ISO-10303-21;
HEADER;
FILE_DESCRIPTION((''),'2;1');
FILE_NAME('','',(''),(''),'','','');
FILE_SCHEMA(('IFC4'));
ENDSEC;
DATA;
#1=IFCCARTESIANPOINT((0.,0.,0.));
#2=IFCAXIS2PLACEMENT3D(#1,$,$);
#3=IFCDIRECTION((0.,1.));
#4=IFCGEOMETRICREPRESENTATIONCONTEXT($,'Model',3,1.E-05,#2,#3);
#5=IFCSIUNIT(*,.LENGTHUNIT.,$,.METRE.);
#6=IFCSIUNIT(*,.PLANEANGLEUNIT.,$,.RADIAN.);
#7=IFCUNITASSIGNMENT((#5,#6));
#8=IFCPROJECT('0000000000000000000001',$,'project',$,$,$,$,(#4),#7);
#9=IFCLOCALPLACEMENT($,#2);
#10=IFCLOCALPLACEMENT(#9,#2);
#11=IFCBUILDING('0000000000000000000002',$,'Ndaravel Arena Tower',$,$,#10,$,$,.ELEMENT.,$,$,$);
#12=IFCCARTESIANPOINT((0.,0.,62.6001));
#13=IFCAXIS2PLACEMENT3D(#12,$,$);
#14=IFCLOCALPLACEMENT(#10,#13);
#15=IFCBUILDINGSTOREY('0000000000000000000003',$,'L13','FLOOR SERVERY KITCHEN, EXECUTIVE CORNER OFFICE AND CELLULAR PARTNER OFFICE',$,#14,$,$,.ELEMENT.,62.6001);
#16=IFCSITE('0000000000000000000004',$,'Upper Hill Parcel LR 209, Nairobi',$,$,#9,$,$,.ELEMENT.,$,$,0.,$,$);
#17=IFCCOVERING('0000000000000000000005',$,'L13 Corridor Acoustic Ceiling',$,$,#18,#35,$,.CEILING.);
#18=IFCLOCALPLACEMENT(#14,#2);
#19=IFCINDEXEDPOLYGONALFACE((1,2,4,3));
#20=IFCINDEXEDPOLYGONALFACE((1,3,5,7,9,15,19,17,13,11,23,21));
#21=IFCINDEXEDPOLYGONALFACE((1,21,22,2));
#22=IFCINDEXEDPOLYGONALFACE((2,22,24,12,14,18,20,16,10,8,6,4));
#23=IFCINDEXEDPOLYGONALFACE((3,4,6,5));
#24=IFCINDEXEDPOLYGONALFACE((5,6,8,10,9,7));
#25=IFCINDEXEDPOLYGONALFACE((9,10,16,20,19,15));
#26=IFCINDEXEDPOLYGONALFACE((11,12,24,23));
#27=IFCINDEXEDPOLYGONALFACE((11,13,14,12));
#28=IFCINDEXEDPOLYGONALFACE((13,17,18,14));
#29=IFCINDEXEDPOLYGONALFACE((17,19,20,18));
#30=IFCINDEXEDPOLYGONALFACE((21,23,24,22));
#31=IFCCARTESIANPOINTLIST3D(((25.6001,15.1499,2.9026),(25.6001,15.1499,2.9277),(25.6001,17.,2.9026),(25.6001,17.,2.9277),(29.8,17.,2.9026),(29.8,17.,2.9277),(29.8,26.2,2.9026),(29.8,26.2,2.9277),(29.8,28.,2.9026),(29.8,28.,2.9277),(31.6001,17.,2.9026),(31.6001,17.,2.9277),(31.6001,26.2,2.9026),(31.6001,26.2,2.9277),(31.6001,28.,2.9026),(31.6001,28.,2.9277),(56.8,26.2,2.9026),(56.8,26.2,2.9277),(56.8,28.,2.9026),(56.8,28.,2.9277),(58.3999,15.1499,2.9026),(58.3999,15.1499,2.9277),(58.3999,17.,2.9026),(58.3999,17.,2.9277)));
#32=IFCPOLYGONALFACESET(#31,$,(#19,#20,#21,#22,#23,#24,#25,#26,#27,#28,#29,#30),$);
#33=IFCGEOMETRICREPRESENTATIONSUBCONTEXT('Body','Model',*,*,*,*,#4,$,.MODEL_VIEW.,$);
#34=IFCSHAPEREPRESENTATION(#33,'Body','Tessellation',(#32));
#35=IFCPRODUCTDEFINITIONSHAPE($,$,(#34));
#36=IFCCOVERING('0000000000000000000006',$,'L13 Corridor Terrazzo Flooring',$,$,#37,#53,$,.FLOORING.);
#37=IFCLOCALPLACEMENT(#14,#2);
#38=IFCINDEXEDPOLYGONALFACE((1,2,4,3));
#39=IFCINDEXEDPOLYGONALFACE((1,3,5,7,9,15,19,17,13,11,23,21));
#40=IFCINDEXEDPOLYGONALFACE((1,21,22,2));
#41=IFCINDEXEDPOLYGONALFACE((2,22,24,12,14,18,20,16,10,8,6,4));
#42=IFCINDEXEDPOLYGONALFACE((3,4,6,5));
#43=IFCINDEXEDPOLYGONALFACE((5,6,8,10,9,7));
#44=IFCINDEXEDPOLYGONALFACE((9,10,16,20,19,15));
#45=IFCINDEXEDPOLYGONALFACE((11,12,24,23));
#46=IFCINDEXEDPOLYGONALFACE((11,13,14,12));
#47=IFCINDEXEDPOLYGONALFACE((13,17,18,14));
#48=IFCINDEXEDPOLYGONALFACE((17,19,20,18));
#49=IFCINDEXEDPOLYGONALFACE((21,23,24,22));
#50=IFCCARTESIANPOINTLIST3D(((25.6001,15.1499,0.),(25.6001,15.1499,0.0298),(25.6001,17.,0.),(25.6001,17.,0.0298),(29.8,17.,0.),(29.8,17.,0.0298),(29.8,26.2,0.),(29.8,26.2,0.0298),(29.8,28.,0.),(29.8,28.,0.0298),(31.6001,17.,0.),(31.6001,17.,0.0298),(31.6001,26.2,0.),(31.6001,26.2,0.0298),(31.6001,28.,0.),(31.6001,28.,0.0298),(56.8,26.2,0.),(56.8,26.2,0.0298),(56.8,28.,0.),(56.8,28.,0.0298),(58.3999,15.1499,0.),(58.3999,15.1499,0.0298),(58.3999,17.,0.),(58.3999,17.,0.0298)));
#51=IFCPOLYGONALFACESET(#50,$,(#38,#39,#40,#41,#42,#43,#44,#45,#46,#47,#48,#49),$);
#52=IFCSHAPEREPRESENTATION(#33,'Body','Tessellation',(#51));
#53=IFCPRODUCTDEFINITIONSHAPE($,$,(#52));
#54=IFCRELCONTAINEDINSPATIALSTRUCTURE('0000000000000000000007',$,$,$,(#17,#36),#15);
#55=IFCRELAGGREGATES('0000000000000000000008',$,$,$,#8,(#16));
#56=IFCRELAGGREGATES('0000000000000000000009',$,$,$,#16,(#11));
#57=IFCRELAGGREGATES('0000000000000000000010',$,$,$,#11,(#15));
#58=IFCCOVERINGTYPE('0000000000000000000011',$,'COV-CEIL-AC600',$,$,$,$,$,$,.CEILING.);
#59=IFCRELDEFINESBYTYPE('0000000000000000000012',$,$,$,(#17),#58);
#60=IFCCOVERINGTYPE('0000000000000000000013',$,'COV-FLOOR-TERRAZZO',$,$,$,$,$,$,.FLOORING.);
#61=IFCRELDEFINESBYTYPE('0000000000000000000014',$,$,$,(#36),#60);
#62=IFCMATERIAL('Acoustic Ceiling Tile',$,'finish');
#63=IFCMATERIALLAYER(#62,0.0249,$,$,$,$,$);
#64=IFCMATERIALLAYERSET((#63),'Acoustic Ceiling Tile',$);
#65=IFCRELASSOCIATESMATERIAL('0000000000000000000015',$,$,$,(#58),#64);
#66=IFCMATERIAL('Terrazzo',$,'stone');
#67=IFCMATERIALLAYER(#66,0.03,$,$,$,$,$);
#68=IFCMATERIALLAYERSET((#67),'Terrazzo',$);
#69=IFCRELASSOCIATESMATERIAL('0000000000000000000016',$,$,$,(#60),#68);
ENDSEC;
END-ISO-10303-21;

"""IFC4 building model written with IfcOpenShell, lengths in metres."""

from ifc_helpers import new_model, si_unit, direction, frame, origin, place, context, subcontext, project, spatial, polyline, outline, extrude, material, layer, layer_set, type_object, element, save


model = new_model("IFC4")

# Units and contexts
model_context = context("Model", 3, precision=1e-05, world=origin(), true_north=direction((0.0, 1.0)))
body_context = subcontext(model_context, "Body", "Model", "MODEL_VIEW")
ifc_project = project(units=[si_unit("LENGTHUNIT", "METRE"), si_unit("PLANEANGLEUNIT", "RADIAN")], contexts=[model_context])

# Site, building, storey
site_placement = place(None, origin())
site = spatial("IfcSite", under=ifc_project, at=site_placement, Name="Upper Hill Parcel LR 209, Nairobi", CompositionType="ELEMENT", RefElevation=0.0)
building_placement = place(site_placement, origin())
building = spatial("IfcBuilding", under=site, at=building_placement, Name="Ndaravel Arena Tower", CompositionType="ELEMENT")
storey_placement = place(building_placement, frame((0.0, 0.0, 62.6001)))
storey = spatial("IfcBuildingStorey", under=building, at=storey_placement, Name="L13", Description="FLOOR SERVERY KITCHEN, EXECUTIVE CORNER OFFICE AND CELLULAR PARTNER OFFICE", CompositionType="ELEMENT", Elevation=62.6001)

# Coverings
ifc_material_1 = material(Name="Acoustic Ceiling Tile", Category="finish")
ifc_layer_1 = layer(ifc_material_1, 0.0249)
ifc_layer_set_1 = layer_set([ifc_layer_1], Name="Acoustic Ceiling Tile")
covering_type_1 = type_object("IfcCoveringType", Name="COV-CEIL-AC600", PredefinedType="CEILING", material=ifc_layer_set_1)
covering_1_placement = place(storey_placement, frame((0.0, 0.0, 2.9026)))
element("IfcCovering", 1, at=covering_1_placement, inside=storey, type_object=covering_type_1, Name="L13 Corridor Acoustic Ceiling", PredefinedType="CEILING", context=body_context, shape_type="SweptSolid", body=[
    extrude(outline(polyline([(58.3999, 17.0), (31.6001, 17.0), (31.6001, 26.2), (56.8, 26.2), (56.8, 28.0), (31.6001, 28.0), (29.8, 28.0), (29.8, 26.2), (29.8, 17.0), (25.6001, 17.0), (25.6001, 15.1499), (58.3999, 15.1499), (58.3999, 17.0)])), origin(), (0.0, 0.0, 1.0), 0.0251),
])
ifc_material_2 = material(Name="Terrazzo", Category="stone")
ifc_layer_2 = layer(ifc_material_2, 0.03)
ifc_layer_set_2 = layer_set([ifc_layer_2], Name="Terrazzo")
covering_type_2 = type_object("IfcCoveringType", Name="COV-FLOOR-TERRAZZO", PredefinedType="FLOORING", material=ifc_layer_set_2)
covering_2_placement = place(storey_placement, origin())
element("IfcCovering", 2, at=covering_2_placement, inside=storey, type_object=covering_type_2, Name="L13 Corridor Terrazzo Flooring", PredefinedType="FLOORING", context=body_context, shape_type="SweptSolid", body=[
    extrude(outline(polyline([(58.3999, 17.0), (31.6001, 17.0), (31.6001, 26.2), (56.8, 26.2), (56.8, 28.0), (31.6001, 28.0), (29.8, 28.0), (29.8, 26.2), (29.8, 17.0), (25.6001, 17.0), (25.6001, 15.1499), (58.3999, 15.1499), (58.3999, 17.0)])), origin(), (0.0, 0.0, 1.0), 0.0298),
])

save(model, "model.ifc")
